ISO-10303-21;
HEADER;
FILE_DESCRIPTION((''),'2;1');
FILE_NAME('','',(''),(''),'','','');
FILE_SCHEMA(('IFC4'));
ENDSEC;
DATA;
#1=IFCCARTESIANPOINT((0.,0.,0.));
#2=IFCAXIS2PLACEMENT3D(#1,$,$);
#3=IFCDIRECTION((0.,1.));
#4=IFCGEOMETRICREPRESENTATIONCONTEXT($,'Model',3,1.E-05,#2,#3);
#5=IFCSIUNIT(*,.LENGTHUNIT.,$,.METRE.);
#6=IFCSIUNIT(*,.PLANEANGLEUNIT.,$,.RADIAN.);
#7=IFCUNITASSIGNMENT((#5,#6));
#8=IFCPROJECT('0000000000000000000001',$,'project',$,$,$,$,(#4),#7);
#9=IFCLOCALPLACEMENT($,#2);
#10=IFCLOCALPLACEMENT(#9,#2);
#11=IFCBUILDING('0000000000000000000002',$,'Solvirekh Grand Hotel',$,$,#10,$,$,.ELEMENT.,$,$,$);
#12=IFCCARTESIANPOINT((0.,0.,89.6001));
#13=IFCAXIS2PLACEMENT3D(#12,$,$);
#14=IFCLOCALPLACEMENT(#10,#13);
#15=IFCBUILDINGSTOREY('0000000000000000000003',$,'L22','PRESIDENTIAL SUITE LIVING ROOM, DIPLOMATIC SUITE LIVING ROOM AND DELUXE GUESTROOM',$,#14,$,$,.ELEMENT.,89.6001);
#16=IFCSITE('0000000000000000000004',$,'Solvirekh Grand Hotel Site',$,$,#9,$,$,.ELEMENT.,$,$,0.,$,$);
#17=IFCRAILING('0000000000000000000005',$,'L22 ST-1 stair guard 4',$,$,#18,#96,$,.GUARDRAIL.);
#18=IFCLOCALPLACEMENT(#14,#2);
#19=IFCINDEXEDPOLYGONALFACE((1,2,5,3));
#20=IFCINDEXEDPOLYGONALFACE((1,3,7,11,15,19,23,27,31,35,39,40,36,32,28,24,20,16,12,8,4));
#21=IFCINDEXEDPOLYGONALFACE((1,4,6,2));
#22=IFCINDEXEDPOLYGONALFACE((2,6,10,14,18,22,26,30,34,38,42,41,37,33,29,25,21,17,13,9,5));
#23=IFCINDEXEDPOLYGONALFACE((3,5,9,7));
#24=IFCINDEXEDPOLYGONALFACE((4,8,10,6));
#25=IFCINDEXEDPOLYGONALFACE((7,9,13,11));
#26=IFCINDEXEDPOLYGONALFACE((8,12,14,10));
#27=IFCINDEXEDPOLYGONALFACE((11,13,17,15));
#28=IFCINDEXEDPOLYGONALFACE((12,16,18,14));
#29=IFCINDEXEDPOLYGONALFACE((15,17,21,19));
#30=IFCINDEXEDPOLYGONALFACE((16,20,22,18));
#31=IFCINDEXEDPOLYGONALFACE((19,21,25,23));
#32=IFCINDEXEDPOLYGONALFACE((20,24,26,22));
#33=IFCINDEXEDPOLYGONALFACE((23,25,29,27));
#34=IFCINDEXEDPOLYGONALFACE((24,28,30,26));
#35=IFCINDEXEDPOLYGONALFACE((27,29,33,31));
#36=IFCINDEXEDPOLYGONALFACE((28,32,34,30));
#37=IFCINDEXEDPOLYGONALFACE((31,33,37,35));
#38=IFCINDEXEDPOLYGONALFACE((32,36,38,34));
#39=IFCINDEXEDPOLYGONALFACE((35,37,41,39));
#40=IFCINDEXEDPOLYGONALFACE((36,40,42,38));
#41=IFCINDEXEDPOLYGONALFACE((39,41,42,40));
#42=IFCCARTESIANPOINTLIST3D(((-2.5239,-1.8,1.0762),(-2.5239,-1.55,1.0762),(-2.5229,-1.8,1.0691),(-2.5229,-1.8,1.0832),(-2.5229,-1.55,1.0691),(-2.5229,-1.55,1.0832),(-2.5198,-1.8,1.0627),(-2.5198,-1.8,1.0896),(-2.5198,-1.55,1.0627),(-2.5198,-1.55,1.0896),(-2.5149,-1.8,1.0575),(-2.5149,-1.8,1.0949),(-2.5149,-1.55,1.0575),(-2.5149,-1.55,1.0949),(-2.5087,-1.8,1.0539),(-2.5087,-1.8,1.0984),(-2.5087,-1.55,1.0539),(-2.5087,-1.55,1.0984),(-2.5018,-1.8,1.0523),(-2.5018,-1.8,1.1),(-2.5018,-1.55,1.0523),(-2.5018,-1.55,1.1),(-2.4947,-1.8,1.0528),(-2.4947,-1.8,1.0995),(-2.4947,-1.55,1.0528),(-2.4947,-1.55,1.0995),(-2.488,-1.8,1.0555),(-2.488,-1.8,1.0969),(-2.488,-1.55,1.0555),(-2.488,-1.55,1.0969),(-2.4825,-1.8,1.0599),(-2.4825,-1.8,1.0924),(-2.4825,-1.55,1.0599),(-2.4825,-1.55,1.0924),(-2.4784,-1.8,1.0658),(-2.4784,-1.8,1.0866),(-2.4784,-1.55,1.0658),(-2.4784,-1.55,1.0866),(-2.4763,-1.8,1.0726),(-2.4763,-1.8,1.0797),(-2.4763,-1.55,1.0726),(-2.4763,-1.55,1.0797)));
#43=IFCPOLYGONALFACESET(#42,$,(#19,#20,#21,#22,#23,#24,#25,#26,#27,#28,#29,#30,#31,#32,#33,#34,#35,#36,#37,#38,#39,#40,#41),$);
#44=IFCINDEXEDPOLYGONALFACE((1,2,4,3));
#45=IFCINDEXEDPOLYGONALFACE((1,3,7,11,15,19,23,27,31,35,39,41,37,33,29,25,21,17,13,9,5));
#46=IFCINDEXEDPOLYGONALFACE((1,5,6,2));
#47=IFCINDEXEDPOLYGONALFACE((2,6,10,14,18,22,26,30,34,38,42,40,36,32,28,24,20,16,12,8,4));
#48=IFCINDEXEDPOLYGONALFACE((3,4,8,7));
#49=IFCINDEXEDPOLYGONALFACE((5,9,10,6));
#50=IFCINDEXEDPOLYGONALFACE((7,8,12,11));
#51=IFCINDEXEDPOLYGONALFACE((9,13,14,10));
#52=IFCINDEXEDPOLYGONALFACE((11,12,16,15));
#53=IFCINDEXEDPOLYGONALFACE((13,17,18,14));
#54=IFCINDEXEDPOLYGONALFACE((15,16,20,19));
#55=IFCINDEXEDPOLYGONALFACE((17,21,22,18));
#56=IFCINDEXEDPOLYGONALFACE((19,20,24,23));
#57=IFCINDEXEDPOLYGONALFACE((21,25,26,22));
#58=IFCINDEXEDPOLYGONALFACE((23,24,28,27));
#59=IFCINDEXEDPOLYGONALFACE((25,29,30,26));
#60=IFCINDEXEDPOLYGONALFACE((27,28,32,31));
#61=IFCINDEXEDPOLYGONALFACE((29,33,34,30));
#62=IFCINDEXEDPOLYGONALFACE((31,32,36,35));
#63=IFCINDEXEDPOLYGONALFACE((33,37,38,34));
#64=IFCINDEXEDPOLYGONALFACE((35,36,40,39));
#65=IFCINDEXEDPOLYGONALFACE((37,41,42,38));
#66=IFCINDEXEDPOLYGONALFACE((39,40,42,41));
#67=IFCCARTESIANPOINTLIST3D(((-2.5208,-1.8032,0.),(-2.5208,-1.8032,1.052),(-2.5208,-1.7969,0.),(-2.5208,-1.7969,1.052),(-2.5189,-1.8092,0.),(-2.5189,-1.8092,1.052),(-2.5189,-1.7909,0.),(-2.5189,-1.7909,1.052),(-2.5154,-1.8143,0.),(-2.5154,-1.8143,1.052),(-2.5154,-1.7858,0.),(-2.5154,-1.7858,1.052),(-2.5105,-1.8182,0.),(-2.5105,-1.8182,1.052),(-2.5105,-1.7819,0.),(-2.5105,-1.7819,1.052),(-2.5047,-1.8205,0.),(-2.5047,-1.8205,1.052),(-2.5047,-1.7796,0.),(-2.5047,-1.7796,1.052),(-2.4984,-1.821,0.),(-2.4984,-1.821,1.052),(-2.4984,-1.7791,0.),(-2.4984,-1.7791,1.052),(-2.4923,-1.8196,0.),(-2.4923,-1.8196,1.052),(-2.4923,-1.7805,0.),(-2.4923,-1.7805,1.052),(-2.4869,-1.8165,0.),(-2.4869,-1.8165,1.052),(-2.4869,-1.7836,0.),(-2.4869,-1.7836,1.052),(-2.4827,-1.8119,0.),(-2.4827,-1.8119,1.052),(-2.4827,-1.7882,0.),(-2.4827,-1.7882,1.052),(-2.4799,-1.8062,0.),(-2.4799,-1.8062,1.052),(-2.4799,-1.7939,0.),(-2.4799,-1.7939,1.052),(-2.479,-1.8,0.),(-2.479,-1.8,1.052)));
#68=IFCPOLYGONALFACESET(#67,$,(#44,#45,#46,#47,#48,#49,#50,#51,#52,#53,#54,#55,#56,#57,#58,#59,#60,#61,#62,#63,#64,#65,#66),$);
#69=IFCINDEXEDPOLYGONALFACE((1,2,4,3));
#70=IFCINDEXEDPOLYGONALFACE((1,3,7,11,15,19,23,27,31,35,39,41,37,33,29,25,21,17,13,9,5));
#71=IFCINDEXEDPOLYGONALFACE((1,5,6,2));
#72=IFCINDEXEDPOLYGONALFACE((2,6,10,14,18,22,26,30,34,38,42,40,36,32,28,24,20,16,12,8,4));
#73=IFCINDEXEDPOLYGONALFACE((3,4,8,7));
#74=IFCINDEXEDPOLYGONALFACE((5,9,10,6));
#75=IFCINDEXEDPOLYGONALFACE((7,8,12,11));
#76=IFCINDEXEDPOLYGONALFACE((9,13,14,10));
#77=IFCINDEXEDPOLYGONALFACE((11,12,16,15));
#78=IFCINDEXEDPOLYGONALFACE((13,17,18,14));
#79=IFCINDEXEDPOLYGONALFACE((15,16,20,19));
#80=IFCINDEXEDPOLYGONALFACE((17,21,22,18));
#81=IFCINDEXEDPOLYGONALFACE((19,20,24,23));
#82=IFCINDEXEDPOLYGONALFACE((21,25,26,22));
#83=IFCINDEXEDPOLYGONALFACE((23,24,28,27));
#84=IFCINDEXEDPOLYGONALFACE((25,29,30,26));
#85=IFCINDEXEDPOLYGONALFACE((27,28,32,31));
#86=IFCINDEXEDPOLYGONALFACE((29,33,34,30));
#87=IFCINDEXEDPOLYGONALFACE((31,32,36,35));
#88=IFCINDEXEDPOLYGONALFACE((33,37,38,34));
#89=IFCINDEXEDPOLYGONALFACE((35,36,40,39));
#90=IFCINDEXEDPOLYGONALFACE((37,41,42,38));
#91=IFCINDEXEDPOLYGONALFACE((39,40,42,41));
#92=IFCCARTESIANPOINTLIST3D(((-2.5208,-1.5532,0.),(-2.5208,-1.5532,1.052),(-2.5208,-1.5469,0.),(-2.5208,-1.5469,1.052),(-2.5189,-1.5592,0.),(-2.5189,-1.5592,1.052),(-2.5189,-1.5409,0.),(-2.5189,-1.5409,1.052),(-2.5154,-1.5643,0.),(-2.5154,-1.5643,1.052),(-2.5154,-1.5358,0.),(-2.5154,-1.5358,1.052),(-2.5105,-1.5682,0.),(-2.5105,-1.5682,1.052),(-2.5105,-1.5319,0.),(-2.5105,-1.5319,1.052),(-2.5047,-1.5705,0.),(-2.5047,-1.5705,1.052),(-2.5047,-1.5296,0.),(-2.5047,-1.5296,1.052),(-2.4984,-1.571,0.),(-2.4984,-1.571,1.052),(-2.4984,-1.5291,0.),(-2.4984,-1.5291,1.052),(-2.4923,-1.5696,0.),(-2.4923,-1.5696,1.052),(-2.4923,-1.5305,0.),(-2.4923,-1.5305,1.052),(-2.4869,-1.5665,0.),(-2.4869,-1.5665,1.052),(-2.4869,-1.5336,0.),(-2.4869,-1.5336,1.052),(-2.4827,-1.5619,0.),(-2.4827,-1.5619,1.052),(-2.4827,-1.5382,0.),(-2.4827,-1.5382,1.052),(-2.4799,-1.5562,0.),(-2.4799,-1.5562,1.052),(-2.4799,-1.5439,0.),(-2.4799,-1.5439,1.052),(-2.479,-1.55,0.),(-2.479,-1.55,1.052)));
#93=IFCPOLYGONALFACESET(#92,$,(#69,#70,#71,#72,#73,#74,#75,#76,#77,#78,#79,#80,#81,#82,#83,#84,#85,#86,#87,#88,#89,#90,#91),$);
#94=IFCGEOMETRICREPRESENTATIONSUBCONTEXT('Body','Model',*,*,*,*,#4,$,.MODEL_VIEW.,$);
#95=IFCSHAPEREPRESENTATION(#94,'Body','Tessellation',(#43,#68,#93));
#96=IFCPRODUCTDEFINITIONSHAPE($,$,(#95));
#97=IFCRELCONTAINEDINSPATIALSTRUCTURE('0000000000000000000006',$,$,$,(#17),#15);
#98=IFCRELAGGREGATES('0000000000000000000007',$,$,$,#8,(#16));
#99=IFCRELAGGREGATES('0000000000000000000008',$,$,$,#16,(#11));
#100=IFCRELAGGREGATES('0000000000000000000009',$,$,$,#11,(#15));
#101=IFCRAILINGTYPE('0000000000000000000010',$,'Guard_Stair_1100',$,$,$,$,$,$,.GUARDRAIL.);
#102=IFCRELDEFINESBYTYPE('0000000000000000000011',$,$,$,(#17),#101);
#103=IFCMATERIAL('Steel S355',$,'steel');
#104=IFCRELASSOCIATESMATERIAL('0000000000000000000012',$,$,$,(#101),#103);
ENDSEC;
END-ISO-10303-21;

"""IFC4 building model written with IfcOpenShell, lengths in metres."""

from ifc_helpers import new_model, si_unit, direction, frame, origin, origin_2d, place, context, subcontext, project, spatial, circle, extrude, material, type_object, element, save


model = new_model("IFC4")

# Units and contexts
model_context = context("Model", 3, precision=1e-05, world=origin(), true_north=direction((0.0, 1.0)))
body_context = subcontext(model_context, "Body", "Model", "MODEL_VIEW")
ifc_project = project(units=[si_unit("LENGTHUNIT", "METRE"), si_unit("PLANEANGLEUNIT", "RADIAN")], contexts=[model_context])

# Site, building, storey
site_placement = place(None, origin())
site = spatial("IfcSite", under=ifc_project, at=site_placement, Name="Solvirekh Grand Hotel Site", CompositionType="ELEMENT", RefElevation=0.0)
building_placement = place(site_placement, origin())
building = spatial("IfcBuilding", under=site, at=building_placement, Name="Solvirekh Grand Hotel", CompositionType="ELEMENT")
storey_placement = place(building_placement, frame((0.0, 0.0, 89.6001)))
storey = spatial("IfcBuildingStorey", under=building, at=storey_placement, Name="L22", Description="PRESIDENTIAL SUITE LIVING ROOM, DIPLOMATIC SUITE LIVING ROOM AND DELUXE GUESTROOM", CompositionType="ELEMENT", Elevation=89.6001)

# Railing
ifc_material_1 = material(Name="Steel S355", Category="steel")
railing_type_1 = type_object("IfcRailingType", Name="Guard_Stair_1100", PredefinedType="GUARDRAIL", material=ifc_material_1)
railing_1_placement = place(storey_placement, frame((-2.5, -1.8, 0.0)))
element("IfcRailing", 1, at=railing_1_placement, inside=storey, type_object=railing_type_1, Name="L22 ST-1 stair guard 4", PredefinedType="GUARDRAIL", context=body_context, shape_type="SweptSolid", body=[
    extrude(circle(Radius=0.0239, at=origin_2d()), frame((0.0, 0.0, 1.0762), z_axis=(0.0, 1.0, 0.0), x_axis=(-1.0, 0.0, 0.0)), (0.0, 0.0, 1.0), 0.25),
    extrude(circle(Radius=0.021, at=origin_2d()), origin(), (0.0, 0.0, 1.0), 1.052),
    extrude(circle(Radius=0.021, at=origin_2d()), frame((0.0, 0.25, 0.0)), (0.0, 0.0, 1.0), 1.052),
])

save(model, "model.ifc")
